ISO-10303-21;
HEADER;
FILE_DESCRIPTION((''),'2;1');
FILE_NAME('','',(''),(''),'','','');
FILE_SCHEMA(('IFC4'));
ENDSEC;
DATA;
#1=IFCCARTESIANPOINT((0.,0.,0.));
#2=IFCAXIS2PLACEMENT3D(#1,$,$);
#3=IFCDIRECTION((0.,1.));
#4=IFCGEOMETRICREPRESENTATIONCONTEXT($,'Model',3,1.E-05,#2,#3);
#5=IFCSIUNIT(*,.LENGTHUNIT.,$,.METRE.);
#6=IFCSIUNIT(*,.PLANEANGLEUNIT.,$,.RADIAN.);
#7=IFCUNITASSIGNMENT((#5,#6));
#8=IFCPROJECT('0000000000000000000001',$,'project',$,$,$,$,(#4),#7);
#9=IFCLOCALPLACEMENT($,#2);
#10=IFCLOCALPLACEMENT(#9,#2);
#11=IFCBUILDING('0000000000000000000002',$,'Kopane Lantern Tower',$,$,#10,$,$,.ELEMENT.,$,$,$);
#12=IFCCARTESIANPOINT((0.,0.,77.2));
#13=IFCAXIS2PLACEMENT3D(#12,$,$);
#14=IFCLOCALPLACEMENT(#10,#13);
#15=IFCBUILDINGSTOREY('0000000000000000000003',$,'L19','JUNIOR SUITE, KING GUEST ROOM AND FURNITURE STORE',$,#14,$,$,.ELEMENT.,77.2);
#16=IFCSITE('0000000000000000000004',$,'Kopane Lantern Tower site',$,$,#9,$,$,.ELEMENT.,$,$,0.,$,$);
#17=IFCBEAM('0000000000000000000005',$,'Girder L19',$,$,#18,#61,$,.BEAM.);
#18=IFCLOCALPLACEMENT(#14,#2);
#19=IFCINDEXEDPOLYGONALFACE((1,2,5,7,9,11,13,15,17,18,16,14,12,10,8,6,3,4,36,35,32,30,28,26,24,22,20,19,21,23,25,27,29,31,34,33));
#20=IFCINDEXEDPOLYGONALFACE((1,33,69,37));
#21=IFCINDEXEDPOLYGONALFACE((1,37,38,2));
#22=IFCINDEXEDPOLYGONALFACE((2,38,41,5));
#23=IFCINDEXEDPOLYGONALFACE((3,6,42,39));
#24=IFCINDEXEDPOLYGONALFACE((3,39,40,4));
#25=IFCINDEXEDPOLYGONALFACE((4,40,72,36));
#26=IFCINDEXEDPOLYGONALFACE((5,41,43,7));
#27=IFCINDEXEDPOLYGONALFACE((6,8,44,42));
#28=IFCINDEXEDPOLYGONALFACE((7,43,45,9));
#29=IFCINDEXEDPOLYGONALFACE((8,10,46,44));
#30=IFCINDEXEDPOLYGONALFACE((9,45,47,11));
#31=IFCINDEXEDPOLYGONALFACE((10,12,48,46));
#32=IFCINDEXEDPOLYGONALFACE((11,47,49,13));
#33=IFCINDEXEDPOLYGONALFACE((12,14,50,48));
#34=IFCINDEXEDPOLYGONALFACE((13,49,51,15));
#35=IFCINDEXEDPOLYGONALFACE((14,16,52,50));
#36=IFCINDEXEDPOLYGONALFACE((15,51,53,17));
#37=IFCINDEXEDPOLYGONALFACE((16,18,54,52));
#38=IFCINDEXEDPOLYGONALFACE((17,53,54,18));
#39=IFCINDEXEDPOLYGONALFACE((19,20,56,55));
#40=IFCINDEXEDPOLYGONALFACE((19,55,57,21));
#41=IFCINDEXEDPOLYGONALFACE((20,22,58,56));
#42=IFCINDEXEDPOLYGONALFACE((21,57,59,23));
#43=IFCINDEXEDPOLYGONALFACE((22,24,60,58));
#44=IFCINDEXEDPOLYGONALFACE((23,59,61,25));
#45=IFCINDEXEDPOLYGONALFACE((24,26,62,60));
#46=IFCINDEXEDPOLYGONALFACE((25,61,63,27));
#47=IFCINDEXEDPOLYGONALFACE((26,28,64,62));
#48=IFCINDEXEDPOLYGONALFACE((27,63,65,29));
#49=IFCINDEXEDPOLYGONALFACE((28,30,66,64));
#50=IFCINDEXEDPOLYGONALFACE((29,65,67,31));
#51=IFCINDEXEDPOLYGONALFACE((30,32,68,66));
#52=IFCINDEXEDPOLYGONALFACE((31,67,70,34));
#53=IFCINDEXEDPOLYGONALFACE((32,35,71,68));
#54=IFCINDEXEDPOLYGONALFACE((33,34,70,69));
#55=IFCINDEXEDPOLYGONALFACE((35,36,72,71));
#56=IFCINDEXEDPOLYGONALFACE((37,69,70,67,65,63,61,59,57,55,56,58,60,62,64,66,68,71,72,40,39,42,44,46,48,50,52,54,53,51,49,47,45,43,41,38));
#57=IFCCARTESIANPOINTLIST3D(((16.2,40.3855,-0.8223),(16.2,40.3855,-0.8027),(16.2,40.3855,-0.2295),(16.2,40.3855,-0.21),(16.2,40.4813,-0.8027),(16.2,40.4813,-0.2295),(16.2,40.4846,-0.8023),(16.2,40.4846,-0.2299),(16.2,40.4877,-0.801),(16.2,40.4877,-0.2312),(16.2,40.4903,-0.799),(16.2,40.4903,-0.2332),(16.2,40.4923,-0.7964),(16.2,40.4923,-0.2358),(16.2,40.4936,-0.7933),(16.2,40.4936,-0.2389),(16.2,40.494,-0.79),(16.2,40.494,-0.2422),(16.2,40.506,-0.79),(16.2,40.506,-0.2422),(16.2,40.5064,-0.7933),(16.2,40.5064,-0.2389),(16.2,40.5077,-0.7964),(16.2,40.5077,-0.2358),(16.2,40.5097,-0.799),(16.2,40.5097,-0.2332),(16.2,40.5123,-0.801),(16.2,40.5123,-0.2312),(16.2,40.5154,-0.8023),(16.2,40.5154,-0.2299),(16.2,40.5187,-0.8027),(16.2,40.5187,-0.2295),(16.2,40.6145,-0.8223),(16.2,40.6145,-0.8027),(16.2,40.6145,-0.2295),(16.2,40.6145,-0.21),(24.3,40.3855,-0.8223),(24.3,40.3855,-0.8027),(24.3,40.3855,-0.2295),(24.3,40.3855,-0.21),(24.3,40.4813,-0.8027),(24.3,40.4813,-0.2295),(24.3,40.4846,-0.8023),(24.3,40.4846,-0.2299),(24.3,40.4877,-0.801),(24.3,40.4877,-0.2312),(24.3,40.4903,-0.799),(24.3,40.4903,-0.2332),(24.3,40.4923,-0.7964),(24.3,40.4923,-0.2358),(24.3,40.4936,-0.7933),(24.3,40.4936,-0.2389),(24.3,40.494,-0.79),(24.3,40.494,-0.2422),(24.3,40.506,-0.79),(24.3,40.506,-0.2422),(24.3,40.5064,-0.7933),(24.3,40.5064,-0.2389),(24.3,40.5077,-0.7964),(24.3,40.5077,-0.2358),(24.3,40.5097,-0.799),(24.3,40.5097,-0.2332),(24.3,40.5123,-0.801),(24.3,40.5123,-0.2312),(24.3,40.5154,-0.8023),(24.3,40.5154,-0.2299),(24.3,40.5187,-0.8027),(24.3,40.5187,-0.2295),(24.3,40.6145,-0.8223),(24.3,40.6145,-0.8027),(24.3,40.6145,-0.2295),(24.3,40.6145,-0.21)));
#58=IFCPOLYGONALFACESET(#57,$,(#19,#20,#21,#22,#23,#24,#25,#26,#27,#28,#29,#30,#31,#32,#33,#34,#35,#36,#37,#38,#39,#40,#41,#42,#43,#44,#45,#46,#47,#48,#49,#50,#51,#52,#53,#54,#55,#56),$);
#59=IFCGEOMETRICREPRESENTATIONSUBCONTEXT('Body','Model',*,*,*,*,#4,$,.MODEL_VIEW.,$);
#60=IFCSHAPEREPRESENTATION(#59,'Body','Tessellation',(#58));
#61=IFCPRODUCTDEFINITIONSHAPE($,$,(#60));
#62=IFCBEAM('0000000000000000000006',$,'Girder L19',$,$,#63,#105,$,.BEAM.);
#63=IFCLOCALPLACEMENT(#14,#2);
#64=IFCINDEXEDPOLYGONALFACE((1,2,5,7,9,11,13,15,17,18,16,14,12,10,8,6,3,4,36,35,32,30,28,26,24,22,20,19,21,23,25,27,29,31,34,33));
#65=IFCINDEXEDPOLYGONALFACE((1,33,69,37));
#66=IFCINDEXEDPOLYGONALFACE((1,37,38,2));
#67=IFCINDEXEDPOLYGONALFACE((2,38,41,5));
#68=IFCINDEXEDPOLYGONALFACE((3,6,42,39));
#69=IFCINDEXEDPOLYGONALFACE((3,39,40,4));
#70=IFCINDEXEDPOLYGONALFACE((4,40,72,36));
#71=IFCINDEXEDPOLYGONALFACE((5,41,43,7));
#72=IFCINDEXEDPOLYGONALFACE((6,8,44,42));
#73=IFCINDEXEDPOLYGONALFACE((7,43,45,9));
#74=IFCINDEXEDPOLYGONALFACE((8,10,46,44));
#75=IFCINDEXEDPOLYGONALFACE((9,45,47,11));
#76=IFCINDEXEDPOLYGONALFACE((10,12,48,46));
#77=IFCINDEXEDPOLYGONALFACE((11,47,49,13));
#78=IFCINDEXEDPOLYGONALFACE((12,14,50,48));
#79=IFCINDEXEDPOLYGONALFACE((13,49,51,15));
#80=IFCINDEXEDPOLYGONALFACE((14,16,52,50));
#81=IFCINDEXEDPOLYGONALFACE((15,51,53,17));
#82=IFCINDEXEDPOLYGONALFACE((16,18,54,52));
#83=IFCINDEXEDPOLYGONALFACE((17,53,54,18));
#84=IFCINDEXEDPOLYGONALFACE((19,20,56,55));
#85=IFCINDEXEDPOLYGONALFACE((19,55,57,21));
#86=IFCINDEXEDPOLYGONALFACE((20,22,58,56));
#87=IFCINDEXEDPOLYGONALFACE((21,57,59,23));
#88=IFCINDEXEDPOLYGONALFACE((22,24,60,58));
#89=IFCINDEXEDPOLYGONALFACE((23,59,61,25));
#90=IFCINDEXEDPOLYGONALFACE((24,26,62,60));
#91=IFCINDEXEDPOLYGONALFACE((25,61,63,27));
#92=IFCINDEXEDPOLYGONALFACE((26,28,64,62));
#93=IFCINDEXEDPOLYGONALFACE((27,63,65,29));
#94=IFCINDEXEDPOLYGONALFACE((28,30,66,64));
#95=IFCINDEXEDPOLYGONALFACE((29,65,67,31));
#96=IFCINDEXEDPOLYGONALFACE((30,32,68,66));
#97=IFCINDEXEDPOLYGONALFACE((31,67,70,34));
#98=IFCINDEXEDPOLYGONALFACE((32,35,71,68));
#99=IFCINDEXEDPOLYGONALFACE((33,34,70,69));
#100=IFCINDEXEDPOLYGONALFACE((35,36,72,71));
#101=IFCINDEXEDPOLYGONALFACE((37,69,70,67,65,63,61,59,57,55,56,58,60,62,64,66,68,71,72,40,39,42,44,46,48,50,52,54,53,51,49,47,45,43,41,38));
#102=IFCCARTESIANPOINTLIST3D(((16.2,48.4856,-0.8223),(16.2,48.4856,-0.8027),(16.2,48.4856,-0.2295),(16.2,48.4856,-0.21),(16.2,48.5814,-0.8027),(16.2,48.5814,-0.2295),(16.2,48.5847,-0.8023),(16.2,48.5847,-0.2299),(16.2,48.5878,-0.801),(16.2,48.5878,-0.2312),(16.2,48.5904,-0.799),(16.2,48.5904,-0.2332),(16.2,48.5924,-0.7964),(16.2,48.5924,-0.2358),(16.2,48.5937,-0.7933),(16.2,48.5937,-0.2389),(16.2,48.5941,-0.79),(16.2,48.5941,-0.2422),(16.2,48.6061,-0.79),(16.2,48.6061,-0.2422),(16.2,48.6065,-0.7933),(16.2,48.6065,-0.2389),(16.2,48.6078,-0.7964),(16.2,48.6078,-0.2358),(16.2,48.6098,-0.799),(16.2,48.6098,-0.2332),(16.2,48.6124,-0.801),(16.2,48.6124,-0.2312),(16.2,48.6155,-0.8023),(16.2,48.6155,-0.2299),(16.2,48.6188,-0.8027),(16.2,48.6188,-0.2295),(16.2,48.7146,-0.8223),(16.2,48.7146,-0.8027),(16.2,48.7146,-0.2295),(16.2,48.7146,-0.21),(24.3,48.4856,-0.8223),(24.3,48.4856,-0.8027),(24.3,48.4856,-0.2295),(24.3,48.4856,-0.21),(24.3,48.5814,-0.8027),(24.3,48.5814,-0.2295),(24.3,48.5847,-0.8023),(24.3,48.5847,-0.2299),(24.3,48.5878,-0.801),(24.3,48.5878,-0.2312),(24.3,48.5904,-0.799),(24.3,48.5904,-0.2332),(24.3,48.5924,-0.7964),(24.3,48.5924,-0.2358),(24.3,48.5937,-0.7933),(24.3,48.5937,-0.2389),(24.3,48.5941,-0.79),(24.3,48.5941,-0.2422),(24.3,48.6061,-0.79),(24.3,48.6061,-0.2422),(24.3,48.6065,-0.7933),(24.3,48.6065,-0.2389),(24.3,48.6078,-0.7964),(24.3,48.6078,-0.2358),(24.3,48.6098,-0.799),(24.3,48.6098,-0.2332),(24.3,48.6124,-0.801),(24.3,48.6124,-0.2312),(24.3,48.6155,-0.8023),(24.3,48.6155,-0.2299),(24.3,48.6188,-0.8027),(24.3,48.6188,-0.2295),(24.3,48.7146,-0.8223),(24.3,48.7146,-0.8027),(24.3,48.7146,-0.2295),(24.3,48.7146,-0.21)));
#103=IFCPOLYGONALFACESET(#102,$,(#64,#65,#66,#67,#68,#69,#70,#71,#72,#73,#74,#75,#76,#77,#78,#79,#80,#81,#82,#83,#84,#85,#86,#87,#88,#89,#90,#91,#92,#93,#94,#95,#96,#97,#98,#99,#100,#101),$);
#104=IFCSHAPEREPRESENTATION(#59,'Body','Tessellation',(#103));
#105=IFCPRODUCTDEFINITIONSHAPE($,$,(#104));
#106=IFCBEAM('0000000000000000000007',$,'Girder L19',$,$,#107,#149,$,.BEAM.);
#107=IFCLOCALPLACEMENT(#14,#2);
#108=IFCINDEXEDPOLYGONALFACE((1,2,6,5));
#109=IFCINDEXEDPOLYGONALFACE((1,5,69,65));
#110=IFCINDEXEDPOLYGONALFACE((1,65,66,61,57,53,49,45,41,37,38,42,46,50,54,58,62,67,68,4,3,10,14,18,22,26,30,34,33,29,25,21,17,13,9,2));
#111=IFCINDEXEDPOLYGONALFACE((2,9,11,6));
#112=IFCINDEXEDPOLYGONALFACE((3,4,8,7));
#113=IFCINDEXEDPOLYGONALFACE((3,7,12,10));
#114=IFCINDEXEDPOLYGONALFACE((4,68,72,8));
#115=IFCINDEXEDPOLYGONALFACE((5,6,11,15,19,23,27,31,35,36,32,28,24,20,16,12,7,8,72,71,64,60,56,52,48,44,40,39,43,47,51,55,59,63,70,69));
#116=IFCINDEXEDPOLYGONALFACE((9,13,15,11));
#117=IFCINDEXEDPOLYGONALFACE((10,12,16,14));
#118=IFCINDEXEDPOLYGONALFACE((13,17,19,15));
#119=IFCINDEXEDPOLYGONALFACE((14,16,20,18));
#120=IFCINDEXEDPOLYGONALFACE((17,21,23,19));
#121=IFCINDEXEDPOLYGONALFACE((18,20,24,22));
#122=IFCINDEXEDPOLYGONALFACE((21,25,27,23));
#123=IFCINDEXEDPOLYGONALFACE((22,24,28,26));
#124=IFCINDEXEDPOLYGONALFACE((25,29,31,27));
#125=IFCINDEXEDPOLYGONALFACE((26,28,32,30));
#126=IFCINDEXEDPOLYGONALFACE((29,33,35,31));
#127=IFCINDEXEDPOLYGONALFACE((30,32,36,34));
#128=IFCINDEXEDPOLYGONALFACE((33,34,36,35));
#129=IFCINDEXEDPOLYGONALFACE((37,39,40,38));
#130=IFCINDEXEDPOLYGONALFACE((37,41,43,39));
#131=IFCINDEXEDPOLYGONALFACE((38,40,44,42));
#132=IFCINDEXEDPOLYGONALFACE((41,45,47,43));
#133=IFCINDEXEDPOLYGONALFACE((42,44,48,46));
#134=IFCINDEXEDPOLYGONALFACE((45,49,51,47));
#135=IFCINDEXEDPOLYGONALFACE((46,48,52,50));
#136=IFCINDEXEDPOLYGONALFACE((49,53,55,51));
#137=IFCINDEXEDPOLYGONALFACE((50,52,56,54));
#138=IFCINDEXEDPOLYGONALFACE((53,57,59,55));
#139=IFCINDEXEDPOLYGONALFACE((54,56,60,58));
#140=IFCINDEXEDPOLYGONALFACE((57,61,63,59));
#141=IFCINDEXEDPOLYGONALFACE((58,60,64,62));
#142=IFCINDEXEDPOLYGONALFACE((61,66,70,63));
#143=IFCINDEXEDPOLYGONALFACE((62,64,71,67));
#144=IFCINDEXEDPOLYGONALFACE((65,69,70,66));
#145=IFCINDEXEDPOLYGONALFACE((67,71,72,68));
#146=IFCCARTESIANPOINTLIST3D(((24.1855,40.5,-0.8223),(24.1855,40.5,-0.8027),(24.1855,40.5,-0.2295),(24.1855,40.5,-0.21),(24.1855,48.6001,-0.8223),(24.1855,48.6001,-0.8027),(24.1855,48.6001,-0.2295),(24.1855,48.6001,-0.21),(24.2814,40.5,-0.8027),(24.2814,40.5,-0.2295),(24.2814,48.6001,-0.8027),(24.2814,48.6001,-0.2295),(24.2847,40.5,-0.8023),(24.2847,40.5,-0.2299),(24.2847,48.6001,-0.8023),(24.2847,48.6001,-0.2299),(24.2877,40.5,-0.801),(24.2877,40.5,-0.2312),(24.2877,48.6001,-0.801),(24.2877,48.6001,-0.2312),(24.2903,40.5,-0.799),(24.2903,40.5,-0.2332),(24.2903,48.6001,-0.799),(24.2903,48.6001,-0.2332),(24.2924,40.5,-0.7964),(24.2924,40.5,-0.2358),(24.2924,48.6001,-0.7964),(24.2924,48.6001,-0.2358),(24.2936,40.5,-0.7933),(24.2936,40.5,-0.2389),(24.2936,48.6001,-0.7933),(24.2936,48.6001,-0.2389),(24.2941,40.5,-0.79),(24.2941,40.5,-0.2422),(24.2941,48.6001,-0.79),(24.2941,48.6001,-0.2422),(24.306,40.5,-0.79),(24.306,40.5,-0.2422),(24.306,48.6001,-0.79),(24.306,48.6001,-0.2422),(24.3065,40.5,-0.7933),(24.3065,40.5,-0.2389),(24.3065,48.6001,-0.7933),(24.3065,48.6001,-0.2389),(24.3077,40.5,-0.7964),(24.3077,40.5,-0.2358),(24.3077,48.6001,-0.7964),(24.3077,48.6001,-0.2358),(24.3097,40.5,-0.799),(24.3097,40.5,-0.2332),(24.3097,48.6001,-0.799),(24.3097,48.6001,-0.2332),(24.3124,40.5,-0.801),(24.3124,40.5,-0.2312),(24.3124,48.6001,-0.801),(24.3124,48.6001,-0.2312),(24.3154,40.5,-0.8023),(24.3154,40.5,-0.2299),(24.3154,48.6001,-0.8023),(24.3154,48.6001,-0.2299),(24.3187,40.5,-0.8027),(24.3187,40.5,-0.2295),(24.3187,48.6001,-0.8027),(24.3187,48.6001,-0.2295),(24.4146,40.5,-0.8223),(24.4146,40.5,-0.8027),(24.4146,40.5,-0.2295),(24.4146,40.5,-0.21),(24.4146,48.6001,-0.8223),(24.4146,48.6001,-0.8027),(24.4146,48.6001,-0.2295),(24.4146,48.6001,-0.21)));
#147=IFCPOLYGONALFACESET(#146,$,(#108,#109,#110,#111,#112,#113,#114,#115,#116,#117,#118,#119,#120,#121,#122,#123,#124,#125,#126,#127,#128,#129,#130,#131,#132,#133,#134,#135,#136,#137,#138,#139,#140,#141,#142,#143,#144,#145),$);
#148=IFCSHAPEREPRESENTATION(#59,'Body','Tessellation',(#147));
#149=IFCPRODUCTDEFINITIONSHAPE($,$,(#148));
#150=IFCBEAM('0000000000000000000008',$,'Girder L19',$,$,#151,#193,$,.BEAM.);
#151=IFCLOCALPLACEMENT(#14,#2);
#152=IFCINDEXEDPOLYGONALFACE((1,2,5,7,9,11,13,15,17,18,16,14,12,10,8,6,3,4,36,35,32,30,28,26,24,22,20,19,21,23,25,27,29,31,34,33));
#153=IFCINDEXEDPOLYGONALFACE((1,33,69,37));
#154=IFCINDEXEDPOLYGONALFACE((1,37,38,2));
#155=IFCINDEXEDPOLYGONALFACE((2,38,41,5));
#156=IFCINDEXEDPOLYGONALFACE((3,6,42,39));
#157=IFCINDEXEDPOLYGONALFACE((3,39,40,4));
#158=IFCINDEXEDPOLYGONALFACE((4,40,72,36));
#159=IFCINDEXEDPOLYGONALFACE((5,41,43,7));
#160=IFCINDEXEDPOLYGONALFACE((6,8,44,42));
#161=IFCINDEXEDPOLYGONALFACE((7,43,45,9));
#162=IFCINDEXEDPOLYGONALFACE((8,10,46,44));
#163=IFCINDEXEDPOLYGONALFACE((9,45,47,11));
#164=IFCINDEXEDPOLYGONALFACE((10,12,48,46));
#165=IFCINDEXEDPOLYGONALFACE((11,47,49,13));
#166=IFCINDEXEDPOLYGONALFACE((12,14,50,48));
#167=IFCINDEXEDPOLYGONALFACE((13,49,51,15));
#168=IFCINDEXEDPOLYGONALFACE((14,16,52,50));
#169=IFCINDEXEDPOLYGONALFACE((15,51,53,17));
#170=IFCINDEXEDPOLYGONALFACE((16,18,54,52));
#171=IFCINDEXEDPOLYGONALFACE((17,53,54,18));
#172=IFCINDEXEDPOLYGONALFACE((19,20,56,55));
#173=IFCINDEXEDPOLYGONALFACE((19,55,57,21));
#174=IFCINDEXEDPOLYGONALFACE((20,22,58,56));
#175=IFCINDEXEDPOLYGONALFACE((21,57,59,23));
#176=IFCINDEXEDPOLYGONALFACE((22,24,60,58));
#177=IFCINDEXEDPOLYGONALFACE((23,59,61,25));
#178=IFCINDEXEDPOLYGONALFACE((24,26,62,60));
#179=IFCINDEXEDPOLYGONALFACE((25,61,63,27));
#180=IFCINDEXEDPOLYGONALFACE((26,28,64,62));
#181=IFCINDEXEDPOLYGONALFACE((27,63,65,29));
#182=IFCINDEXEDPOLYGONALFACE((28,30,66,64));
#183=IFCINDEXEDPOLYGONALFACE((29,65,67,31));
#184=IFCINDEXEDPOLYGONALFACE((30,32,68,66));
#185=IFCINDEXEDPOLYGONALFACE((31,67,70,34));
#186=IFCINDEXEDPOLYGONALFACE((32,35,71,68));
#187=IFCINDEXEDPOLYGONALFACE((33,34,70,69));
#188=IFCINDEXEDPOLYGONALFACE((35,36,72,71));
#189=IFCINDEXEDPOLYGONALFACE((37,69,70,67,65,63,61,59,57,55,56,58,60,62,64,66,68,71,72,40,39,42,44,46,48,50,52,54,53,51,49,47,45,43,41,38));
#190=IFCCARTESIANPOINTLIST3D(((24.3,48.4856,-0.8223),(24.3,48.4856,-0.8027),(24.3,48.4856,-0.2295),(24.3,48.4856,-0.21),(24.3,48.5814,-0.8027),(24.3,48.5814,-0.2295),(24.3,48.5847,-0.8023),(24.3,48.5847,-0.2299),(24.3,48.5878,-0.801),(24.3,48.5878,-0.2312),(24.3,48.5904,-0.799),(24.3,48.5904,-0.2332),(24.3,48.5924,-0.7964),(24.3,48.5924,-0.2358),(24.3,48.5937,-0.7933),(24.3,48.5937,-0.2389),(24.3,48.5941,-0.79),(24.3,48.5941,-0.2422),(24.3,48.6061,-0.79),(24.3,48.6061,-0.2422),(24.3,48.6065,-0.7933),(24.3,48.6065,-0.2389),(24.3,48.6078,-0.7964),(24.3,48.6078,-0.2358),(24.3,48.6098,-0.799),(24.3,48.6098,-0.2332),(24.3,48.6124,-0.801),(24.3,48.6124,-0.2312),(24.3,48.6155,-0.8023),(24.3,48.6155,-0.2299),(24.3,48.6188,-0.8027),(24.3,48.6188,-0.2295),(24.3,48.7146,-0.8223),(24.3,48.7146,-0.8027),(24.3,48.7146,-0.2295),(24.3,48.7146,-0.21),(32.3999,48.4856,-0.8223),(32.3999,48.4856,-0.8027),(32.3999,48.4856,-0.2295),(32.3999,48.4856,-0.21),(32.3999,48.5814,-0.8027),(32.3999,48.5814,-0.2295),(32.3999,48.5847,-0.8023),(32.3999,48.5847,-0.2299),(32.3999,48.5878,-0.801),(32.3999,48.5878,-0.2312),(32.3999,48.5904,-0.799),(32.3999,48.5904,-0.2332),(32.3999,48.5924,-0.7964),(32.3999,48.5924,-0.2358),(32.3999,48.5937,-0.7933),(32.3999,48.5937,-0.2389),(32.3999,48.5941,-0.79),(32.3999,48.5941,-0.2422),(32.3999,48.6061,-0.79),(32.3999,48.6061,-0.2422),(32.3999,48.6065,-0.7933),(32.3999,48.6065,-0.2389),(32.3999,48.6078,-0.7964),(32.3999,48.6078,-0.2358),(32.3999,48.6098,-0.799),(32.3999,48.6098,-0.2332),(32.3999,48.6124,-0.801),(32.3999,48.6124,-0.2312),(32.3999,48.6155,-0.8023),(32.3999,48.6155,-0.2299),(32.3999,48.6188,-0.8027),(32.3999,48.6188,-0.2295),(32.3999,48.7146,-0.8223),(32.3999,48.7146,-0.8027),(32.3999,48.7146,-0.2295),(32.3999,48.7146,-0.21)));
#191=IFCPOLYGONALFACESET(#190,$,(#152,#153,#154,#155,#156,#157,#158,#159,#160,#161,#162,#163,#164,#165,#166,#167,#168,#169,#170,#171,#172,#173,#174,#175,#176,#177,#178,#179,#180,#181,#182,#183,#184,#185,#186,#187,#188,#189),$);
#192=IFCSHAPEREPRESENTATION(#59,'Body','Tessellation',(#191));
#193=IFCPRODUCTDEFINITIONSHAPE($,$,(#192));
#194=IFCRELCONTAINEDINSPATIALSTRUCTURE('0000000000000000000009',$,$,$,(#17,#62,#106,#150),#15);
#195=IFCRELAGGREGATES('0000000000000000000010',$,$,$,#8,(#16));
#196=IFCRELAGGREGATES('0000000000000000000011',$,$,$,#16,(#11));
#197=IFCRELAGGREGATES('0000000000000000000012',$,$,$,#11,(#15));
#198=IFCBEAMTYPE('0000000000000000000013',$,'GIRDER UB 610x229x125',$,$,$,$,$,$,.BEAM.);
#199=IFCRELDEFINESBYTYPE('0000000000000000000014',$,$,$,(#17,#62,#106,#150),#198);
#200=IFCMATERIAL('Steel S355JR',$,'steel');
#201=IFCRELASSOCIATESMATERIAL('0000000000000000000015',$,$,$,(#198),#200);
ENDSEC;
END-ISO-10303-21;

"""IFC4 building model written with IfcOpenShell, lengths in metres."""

from ifc_helpers import new_model, si_unit, direction, frame, origin, origin_2d, place, context, subcontext, project, spatial, i_section, extrude, material, material_profile, profile_set, type_object, element, save


model = new_model("IFC4")

# Units and contexts
model_context = context("Model", 3, precision=1e-05, world=origin(), true_north=direction((0.0, 1.0)))
body_context = subcontext(model_context, "Body", "Model", "MODEL_VIEW")
ifc_project = project(units=[si_unit("LENGTHUNIT", "METRE"), si_unit("PLANEANGLEUNIT", "RADIAN")], contexts=[model_context])

# Site, building, storey
site_placement = place(None, origin())
site = spatial("IfcSite", under=ifc_project, at=site_placement, Name="Kopane Lantern Tower site", CompositionType="ELEMENT", RefElevation=0.0)
building_placement = place(site_placement, origin())
building = spatial("IfcBuilding", under=site, at=building_placement, Name="Kopane Lantern Tower", CompositionType="ELEMENT")
storey_placement = place(building_placement, frame((0.0, 0.0, 77.2)))
storey = spatial("IfcBuildingStorey", under=building, at=storey_placement, Name="L19", Description="JUNIOR SUITE, KING GUEST ROOM AND FURNITURE STORE", CompositionType="ELEMENT", Elevation=77.2)

# Beams
ifc_material_1 = material(Name="Steel S355JR", Category="steel")
ifc_material_profile_1 = material_profile(ifc_material_1, i_section(OverallWidth=0.229, OverallDepth=0.6123, WebThickness=0.012, FlangeThickness=0.0195, FilletRadius=0.0127, at=origin_2d()), Name="UB 610x229x125")
ifc_profile_set_1 = profile_set([ifc_material_profile_1], Name="Steel S355JR")
beam_type_1 = type_object("IfcBeamType", Name="GIRDER UB 610x229x125", PredefinedType="BEAM", material=ifc_profile_set_1)
for number, where, z_axis, x_axis, name in (
    (1, (16.2, 40.5, -0.5161), (1.0, 0.0, 0.0), (0.0, 1.0, 0.0), "Girder L19"),
    (2, (16.2, 48.6001, -0.5161), (1.0, 0.0, 0.0), (0.0, 1.0, 0.0), "Girder L19"),
    (3, (24.3, 40.5, -0.5161), (0.0, 1.0, 0.0), (-1.0, 0.0, 0.0), "Girder L19"),
):
    element("IfcBeam", number, at=place(storey_placement, frame(where, z_axis=z_axis, x_axis=x_axis)), inside=storey, type_object=beam_type_1, Name=name, PredefinedType="BEAM", context=body_context, shape_type="SweptSolid", body=[
        extrude(i_section(OverallWidth=0.229, OverallDepth=0.6123, WebThickness=0.012, FlangeThickness=0.0195, FilletRadius=0.0127, at=origin_2d()), origin(), (0.0, 0.0, 1.0), 8.1001),
    ])
beam_1_placement = place(storey_placement, frame((24.3, 48.6001, -0.5161), z_axis=(1.0, 0.0, 0.0), x_axis=(0.0, 1.0, 0.0)))
element("IfcBeam", 4, at=beam_1_placement, inside=storey, type_object=beam_type_1, Name="Girder L19", PredefinedType="BEAM", context=body_context, shape_type="SweptSolid", body=[
    extrude(i_section(OverallWidth=0.229, OverallDepth=0.6123, WebThickness=0.012, FlangeThickness=0.0195, FilletRadius=0.0127, at=origin_2d()), origin(), (0.0, 0.0, 1.0), 8.0999),
])

save(model, "model.ifc")
